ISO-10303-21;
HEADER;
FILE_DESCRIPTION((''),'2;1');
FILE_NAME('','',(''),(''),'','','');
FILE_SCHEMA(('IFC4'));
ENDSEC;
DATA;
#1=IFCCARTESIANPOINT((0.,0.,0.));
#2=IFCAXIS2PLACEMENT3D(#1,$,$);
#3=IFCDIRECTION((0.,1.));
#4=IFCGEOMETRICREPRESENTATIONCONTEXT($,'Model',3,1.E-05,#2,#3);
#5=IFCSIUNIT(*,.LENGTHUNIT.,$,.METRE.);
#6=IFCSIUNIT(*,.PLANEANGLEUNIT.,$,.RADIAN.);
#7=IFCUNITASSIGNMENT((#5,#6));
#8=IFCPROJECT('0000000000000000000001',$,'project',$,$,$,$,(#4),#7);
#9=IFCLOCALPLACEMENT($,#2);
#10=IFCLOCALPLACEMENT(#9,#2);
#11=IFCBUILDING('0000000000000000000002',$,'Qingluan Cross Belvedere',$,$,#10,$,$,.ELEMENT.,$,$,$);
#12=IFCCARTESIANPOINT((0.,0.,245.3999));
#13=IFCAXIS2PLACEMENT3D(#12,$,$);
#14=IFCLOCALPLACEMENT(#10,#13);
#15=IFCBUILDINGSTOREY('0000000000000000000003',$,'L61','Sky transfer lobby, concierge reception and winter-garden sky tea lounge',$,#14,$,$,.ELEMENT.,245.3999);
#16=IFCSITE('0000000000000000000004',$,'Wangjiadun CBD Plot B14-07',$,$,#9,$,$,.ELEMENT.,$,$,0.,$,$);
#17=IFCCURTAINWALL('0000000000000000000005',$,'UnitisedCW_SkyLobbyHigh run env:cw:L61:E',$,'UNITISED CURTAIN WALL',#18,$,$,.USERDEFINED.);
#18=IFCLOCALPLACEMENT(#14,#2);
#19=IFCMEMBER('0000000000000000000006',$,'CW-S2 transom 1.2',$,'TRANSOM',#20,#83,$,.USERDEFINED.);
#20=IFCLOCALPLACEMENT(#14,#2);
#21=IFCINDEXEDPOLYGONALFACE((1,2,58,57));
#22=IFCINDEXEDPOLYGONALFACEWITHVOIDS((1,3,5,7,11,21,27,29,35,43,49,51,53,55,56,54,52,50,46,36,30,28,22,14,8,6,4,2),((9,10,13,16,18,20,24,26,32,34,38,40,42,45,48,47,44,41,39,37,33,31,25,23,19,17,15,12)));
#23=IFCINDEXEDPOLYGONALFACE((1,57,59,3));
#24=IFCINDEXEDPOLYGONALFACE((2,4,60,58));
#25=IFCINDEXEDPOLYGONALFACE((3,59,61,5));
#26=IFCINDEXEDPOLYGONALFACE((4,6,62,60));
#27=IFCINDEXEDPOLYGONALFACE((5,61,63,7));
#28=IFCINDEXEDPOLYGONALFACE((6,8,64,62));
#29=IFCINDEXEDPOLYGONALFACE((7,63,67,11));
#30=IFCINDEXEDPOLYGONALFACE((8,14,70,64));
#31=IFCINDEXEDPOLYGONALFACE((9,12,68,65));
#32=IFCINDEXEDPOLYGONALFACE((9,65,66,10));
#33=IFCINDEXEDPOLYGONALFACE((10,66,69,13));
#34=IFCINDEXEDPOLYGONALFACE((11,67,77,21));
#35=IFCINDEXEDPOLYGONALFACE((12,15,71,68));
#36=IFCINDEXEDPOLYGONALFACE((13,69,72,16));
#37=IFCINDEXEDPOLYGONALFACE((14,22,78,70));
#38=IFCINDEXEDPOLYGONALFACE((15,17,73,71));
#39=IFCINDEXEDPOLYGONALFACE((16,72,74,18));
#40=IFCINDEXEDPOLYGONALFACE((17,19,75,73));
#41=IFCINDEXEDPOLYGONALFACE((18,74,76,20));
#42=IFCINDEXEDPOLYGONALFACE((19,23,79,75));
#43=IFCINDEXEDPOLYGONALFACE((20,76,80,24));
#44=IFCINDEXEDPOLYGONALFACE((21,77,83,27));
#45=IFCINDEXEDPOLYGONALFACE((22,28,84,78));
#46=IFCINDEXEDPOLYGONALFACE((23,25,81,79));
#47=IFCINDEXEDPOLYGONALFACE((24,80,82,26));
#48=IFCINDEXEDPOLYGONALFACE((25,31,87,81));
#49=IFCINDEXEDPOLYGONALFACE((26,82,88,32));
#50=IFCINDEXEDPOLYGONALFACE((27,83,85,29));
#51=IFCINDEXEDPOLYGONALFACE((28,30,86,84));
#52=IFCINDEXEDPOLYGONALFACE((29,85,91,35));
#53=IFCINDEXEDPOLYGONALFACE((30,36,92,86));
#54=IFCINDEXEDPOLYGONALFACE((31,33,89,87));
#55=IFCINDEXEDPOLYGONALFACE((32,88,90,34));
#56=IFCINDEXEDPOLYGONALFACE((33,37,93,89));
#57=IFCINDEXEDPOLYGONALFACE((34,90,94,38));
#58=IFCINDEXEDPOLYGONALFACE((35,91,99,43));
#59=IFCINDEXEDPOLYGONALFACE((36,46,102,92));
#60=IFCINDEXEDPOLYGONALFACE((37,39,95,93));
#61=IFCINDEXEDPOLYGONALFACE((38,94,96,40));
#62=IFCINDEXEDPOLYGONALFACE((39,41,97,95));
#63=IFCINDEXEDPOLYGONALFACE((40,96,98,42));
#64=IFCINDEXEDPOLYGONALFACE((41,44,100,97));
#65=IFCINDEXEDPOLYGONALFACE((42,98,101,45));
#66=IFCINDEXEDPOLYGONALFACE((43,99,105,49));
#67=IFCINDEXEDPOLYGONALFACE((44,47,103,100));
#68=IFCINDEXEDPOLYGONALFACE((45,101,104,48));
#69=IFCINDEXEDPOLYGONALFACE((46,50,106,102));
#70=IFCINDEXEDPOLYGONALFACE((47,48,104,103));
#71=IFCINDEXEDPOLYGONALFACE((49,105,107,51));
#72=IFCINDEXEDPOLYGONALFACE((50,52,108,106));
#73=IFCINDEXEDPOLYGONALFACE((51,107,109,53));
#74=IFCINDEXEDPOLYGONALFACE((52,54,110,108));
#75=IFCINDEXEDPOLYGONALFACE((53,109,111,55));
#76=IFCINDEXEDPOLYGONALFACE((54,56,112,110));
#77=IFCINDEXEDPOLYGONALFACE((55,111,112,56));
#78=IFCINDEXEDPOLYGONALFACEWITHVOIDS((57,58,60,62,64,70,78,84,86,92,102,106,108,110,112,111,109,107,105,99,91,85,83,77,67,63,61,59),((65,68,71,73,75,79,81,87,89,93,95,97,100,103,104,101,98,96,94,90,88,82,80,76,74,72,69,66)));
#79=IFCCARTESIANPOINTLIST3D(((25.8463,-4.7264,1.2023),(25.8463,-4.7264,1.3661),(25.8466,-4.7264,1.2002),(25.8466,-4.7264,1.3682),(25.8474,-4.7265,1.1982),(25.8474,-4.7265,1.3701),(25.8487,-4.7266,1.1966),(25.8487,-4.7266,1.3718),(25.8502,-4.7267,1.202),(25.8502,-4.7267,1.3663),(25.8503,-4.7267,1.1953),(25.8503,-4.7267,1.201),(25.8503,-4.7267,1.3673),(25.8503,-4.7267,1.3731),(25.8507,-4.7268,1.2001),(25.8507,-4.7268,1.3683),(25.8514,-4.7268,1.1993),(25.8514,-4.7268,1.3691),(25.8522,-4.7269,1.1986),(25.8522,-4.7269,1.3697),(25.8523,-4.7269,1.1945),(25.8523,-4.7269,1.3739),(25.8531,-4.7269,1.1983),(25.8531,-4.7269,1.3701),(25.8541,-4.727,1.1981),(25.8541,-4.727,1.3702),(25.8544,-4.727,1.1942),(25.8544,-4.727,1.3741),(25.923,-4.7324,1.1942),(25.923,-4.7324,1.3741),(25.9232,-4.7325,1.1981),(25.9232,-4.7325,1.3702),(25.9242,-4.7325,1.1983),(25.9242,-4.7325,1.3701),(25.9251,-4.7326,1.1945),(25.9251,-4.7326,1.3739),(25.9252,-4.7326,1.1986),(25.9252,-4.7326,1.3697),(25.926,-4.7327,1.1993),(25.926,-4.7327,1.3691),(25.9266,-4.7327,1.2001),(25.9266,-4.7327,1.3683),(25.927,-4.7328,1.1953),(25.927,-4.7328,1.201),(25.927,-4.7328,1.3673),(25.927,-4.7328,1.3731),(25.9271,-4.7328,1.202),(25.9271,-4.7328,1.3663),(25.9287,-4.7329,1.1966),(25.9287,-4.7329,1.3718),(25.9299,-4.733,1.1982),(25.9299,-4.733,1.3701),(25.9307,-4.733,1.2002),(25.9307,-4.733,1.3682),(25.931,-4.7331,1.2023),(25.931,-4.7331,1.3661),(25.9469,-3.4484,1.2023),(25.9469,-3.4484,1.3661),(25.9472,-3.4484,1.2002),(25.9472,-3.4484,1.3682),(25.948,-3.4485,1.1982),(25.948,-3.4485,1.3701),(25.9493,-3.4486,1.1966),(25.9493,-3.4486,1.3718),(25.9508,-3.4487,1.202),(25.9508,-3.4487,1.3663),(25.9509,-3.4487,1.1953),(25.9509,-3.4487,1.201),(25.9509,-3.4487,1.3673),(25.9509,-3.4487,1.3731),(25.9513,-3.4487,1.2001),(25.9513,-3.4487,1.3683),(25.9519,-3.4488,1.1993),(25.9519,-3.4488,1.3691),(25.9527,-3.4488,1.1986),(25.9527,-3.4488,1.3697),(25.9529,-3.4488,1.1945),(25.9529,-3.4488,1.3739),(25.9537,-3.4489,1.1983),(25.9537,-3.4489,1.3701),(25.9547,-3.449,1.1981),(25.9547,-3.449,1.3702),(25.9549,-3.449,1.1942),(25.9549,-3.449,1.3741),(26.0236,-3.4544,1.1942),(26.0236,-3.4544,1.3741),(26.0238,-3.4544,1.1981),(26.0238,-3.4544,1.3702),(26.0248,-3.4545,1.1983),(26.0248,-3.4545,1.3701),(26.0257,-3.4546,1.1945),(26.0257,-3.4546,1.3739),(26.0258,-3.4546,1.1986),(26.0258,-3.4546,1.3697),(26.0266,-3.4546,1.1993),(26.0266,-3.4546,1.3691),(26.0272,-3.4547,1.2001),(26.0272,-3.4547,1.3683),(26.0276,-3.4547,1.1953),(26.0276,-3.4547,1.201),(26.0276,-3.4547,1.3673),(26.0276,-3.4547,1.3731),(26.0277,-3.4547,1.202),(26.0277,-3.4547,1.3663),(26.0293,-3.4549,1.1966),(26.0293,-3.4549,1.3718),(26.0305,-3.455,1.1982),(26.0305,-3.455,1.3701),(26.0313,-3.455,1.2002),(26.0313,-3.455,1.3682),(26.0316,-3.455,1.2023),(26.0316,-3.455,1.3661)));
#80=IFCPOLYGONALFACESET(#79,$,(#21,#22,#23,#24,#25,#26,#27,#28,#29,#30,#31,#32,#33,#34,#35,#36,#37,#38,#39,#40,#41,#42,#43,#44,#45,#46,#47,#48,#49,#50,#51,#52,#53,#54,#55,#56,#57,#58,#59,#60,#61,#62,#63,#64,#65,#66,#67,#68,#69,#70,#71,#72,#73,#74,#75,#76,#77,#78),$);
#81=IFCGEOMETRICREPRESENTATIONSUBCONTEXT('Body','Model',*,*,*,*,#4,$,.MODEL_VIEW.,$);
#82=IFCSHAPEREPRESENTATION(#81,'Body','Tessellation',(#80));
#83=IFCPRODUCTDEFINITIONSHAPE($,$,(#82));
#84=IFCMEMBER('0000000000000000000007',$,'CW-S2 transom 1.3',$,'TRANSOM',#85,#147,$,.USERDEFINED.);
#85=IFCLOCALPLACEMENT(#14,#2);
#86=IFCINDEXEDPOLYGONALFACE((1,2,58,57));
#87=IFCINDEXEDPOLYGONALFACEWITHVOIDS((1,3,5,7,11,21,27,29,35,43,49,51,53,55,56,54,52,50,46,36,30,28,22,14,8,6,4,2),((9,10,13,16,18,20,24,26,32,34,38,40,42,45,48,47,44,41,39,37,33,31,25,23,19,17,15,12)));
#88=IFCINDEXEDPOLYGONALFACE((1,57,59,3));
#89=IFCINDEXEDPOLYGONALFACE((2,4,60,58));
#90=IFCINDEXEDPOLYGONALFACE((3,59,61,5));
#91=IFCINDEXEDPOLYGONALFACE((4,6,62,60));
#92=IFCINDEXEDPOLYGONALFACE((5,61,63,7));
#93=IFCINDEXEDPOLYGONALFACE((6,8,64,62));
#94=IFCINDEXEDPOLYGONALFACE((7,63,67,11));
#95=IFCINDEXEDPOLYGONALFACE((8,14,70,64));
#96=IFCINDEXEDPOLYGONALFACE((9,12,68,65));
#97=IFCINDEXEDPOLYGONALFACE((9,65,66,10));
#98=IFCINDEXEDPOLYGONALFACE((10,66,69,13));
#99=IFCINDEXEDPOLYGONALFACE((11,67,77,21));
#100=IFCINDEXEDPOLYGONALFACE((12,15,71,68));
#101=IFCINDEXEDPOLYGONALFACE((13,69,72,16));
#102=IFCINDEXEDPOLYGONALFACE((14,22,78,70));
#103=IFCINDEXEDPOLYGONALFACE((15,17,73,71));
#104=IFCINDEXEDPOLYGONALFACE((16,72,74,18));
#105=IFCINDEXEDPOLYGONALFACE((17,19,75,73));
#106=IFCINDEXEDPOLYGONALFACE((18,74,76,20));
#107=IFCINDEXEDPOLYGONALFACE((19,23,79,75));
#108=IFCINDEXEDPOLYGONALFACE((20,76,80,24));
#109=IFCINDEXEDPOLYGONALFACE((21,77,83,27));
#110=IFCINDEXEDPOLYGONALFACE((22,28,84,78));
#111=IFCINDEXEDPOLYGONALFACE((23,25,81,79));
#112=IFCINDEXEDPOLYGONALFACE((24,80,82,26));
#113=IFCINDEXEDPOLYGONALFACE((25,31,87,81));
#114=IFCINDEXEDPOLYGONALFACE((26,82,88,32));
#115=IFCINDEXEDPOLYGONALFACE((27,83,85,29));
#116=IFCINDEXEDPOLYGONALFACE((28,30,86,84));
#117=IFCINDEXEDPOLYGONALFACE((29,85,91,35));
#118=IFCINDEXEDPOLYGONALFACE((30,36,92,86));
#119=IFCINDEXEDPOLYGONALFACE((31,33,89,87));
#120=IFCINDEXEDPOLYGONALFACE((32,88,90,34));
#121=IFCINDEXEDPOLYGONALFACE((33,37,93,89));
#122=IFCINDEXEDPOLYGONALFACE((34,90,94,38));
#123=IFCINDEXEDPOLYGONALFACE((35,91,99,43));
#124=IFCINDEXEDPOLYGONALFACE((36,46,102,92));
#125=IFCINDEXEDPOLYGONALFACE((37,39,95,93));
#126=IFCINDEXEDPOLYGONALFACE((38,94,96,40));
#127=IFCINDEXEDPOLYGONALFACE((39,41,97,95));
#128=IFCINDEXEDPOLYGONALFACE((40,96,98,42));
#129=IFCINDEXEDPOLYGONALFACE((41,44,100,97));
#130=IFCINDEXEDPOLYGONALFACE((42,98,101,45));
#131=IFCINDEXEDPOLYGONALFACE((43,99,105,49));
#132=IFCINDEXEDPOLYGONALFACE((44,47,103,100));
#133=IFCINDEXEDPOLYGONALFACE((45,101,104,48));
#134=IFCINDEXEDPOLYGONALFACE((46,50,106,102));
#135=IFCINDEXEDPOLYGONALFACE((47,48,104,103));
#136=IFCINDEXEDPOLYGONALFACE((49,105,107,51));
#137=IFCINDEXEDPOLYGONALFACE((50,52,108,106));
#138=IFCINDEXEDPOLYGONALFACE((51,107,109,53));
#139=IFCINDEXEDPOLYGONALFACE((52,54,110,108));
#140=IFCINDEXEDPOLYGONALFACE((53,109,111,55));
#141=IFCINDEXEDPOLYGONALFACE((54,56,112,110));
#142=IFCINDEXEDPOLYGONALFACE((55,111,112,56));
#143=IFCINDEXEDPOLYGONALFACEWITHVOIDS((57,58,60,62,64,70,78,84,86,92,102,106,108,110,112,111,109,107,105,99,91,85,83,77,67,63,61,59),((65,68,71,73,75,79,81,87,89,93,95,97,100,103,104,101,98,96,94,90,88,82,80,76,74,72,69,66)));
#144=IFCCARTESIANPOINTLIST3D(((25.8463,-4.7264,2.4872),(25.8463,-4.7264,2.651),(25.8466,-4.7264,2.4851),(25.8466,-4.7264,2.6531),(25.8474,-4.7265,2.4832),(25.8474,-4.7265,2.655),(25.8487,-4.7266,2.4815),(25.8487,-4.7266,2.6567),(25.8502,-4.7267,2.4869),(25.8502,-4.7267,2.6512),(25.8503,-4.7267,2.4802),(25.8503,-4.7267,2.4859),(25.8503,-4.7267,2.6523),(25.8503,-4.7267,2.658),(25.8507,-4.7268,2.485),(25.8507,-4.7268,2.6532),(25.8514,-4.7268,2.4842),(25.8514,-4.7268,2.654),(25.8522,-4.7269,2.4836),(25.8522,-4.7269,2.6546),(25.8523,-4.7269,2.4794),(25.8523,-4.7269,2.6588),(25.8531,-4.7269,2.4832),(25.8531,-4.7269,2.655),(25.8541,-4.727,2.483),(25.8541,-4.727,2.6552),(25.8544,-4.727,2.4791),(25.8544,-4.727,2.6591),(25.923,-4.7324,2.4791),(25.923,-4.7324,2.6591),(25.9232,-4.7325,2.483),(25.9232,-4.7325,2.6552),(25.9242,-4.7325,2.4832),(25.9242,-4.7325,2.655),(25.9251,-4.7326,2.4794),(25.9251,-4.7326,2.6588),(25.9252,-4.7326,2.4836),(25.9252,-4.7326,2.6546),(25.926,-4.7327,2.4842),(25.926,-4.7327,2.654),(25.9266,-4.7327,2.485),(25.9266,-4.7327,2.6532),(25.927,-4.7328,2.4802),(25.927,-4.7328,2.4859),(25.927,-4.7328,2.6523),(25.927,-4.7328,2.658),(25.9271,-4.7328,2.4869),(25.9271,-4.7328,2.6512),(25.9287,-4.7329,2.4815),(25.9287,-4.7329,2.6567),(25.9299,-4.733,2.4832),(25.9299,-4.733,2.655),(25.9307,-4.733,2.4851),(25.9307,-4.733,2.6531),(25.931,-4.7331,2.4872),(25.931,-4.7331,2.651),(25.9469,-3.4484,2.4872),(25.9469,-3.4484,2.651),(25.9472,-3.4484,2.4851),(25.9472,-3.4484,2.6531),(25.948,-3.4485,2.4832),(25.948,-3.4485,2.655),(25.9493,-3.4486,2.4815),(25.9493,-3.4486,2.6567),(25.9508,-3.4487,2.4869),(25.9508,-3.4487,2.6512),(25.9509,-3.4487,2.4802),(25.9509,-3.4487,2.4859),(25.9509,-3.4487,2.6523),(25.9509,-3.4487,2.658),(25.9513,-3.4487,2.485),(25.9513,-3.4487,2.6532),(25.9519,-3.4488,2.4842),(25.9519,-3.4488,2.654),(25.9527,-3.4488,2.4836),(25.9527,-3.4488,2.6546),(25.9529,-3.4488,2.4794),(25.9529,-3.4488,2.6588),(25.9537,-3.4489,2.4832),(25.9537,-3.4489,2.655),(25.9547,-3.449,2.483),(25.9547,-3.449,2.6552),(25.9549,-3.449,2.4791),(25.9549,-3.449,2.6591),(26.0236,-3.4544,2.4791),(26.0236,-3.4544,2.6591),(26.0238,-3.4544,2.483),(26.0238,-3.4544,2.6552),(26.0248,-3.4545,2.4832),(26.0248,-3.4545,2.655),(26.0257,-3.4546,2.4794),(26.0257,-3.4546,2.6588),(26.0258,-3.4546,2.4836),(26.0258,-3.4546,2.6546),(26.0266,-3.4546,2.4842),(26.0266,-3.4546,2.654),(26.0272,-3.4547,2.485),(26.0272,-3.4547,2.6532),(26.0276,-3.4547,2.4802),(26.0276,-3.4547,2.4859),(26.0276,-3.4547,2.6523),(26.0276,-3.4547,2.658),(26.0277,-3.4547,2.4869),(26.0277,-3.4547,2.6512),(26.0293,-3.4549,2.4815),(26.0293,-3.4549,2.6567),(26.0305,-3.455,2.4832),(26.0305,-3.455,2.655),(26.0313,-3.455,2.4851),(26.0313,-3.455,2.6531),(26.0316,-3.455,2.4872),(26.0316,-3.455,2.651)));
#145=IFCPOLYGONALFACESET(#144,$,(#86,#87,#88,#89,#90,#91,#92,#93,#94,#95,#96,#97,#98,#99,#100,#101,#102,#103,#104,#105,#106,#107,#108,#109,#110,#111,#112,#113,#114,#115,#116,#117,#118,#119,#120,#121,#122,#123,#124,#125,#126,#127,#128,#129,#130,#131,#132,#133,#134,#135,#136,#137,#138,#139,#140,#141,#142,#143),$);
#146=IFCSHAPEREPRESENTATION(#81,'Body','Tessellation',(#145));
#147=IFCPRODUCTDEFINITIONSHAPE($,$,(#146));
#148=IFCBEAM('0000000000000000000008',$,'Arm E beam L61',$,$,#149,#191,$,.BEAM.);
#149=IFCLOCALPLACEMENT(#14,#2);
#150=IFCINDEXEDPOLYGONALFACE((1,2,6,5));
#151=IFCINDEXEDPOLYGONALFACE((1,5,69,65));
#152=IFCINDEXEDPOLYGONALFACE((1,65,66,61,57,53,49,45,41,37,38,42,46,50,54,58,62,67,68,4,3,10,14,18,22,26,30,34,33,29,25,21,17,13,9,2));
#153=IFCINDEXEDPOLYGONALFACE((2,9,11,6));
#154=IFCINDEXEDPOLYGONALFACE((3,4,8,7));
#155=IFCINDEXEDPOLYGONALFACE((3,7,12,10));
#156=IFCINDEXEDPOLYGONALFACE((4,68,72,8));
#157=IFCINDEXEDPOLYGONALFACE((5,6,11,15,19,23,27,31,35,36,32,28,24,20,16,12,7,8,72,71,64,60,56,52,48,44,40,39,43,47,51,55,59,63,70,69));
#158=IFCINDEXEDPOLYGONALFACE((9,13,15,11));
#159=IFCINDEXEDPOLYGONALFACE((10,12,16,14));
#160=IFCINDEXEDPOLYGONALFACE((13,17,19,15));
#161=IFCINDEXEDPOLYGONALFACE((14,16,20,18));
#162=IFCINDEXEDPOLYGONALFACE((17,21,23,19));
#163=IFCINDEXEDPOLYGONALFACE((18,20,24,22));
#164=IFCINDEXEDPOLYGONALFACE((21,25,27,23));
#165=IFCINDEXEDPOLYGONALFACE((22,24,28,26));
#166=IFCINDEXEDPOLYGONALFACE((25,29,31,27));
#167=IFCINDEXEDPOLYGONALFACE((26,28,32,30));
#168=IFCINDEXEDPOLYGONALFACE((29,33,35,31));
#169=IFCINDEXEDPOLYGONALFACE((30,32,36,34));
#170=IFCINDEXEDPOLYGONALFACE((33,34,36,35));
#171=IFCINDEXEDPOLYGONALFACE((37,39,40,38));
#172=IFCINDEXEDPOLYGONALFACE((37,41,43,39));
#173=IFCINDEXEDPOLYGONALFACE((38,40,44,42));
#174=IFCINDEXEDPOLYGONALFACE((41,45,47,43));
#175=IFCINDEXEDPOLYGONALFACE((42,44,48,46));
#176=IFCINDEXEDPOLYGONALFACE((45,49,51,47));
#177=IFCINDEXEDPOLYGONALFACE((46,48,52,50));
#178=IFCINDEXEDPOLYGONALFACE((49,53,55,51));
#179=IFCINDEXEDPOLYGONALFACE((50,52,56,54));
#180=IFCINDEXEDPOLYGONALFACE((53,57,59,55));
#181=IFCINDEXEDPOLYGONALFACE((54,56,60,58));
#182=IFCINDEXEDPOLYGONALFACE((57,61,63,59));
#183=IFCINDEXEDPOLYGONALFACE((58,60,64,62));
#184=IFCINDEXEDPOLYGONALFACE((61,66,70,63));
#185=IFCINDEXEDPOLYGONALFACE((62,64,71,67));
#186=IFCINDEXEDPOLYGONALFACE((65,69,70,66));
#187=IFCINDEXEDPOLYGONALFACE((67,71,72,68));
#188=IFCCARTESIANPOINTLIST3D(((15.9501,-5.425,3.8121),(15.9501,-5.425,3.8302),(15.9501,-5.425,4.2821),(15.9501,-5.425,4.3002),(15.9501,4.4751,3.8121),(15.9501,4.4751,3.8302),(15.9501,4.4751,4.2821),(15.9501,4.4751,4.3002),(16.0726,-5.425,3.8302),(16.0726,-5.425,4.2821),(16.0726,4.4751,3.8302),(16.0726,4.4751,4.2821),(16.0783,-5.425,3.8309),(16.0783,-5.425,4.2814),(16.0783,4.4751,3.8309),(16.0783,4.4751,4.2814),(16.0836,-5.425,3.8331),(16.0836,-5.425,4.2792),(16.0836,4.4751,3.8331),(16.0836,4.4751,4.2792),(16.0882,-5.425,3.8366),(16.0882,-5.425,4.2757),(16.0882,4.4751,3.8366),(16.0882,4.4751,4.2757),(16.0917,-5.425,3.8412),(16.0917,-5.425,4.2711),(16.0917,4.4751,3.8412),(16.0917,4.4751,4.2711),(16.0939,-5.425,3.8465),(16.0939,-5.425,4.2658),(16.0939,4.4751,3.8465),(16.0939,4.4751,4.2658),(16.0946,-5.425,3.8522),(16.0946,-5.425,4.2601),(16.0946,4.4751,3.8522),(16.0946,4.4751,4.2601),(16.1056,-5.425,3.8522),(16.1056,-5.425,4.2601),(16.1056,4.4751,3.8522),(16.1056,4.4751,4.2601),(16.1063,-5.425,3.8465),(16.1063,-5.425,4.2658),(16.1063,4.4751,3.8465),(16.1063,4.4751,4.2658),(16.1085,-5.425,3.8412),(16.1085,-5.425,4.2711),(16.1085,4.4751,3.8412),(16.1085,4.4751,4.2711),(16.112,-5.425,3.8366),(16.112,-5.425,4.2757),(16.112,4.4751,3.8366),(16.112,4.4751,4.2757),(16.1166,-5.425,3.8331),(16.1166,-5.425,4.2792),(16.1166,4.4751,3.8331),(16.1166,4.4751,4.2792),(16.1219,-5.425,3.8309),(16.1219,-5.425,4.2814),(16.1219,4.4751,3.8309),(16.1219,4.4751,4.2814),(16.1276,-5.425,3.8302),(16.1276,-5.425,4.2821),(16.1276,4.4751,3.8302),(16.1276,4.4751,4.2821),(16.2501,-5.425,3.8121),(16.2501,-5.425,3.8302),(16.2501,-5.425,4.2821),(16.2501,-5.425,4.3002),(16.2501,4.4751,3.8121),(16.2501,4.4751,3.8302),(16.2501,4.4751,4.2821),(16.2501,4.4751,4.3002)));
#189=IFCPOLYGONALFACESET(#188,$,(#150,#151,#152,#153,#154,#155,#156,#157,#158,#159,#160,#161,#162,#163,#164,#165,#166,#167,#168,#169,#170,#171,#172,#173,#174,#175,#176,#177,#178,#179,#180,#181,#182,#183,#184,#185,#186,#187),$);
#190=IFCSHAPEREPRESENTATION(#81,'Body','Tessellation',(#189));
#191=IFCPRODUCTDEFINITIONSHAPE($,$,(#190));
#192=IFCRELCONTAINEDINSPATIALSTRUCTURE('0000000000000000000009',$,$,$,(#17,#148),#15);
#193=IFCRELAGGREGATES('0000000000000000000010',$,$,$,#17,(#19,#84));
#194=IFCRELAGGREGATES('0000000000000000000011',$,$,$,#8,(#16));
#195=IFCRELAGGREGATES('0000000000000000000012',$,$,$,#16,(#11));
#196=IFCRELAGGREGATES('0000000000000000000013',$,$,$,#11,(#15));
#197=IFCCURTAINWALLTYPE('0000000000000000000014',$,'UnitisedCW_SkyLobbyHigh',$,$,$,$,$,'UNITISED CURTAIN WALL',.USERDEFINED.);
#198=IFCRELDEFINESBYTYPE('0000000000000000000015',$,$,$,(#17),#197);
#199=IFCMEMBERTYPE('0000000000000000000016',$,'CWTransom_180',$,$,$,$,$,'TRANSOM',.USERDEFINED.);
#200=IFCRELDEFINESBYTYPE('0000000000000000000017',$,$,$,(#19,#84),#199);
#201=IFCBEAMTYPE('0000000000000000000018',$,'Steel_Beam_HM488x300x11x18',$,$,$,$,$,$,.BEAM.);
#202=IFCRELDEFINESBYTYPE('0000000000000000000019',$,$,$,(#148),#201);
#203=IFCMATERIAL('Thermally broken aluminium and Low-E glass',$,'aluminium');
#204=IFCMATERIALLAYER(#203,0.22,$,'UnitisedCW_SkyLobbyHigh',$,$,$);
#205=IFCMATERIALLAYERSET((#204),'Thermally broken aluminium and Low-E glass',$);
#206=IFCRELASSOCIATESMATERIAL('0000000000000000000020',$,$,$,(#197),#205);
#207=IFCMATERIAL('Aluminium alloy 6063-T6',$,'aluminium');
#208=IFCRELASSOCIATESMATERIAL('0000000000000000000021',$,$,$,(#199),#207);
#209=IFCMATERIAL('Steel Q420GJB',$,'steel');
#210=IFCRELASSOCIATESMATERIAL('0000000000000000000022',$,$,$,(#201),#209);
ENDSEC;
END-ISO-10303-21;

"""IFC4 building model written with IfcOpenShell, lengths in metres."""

from ifc_helpers import new_model, si_unit, direction, frame, origin, origin_2d, place, context, subcontext, project, spatial, hollow_rectangle, i_section, extrude, material, layer, layer_set, material_profile, profile_set, type_object, element, aggregate, save


model = new_model("IFC4")

# Units and contexts
model_context = context("Model", 3, precision=1e-05, world=origin(), true_north=direction((0.0, 1.0)))
body_context = subcontext(model_context, "Body", "Model", "MODEL_VIEW")
ifc_project = project(units=[si_unit("LENGTHUNIT", "METRE"), si_unit("PLANEANGLEUNIT", "RADIAN")], contexts=[model_context])

# Site, building, storey
site_placement = place(None, origin())
site = spatial("IfcSite", under=ifc_project, at=site_placement, Name="Wangjiadun CBD Plot B14-07", CompositionType="ELEMENT", RefElevation=0.0)
building_placement = place(site_placement, origin())
building = spatial("IfcBuilding", under=site, at=building_placement, Name="Qingluan Cross Belvedere", CompositionType="ELEMENT")
storey_placement = place(building_placement, frame((0.0, 0.0, 245.3999)))
storey = spatial("IfcBuildingStorey", under=building, at=storey_placement, Name="L61", Description="Sky transfer lobby, concierge reception and winter-garden sky tea lounge", CompositionType="ELEMENT", Elevation=245.3999)

# Curtain wall, members
ifc_material_1 = material(Name="Thermally broken aluminium and Low-E glass", Category="aluminium")
ifc_layer_1 = layer(ifc_material_1, 0.22, Name="UnitisedCW_SkyLobbyHigh")
ifc_layer_set_1 = layer_set([ifc_layer_1], Name="Thermally broken aluminium and Low-E glass")
curtain_wall_type = type_object("IfcCurtainWallType", Name="UnitisedCW_SkyLobbyHigh", ElementType="UNITISED CURTAIN WALL", PredefinedType="USERDEFINED", material=ifc_layer_set_1)
curtain_wall_placement = place(storey_placement, origin())
curtain_wall = element("IfcCurtainWall", 1, at=curtain_wall_placement, inside=storey, type_object=curtain_wall_type, Name="UnitisedCW_SkyLobbyHigh run env:cw:L61:E", ObjectType="UNITISED CURTAIN WALL", PredefinedType="USERDEFINED")
ifc_material_2 = material(Name="Aluminium alloy 6063-T6", Category="aluminium")
ifc_material_profile_1 = material_profile(ifc_material_2, hollow_rectangle(XDim=0.085, YDim=0.1799, WallThickness=0.0039, InnerFilletRadius=0.0039, OuterFilletRadius=0.0081, at=origin_2d()), Name="CWT180x85x4")
ifc_profile_set_1 = profile_set([ifc_material_profile_1], Name="Aluminium alloy 6063-T6")
member_type_1 = type_object("IfcMemberType", Name="CWTransom_180", ElementType="TRANSOM", PredefinedType="USERDEFINED", material=ifc_profile_set_1)
member_1_placement = place(storey_placement, frame((25.8887, -4.7297, 1.2842), z_axis=(0.078458, 0.996917, 0.0), x_axis=(-0.996917, 0.078458, 0.0)))
member_1 = element("IfcMember", 2, at=member_1_placement, type_object=member_type_1, Name="CW-S2 transom 1.2", ObjectType="TRANSOM", PredefinedType="USERDEFINED", context=body_context, shape_type="SweptSolid", body=[
    extrude(hollow_rectangle(XDim=0.085, YDim=0.1799, WallThickness=0.0039, InnerFilletRadius=0.0039, OuterFilletRadius=0.0081, at=origin_2d()), origin(), (0.0, 0.0, 1.0), 1.282),
])
member_2_placement = place(storey_placement, frame((25.8887, -4.7297, 2.5691), z_axis=(0.078458, 0.996917, 0.0), x_axis=(-0.996917, 0.078458, 0.0)))
member_2 = element("IfcMember", 3, at=member_2_placement, type_object=member_type_1, Name="CW-S2 transom 1.3", ObjectType="TRANSOM", PredefinedType="USERDEFINED", context=body_context, shape_type="SweptSolid", body=[
    extrude(hollow_rectangle(XDim=0.085, YDim=0.1799, WallThickness=0.0039, InnerFilletRadius=0.0039, OuterFilletRadius=0.0081, at=origin_2d()), origin(), (0.0, 0.0, 1.0), 1.282),
])
aggregate(curtain_wall, [member_1, member_2])

# Beam
ifc_material_3 = material(Name="Steel Q420GJB", Category="steel")
ifc_material_profile_2 = material_profile(ifc_material_3, i_section(OverallWidth=0.3, OverallDepth=0.488, WebThickness=0.011, FlangeThickness=0.0181, FilletRadius=0.022, at=origin_2d()), Name="HM488x300x11x18")
ifc_profile_set_2 = profile_set([ifc_material_profile_2], Name="Steel Q420GJB")
beam_type_1 = type_object("IfcBeamType", Name="Steel_Beam_HM488x300x11x18", PredefinedType="BEAM", material=ifc_profile_set_2)
beam_placement = place(storey_placement, frame((16.1001, -5.425, 4.0562), z_axis=(0.0, 1.0, 0.0), x_axis=(-1.0, 0.0, 0.0)))
element("IfcBeam", 4, at=beam_placement, inside=storey, type_object=beam_type_1, Name="Arm E beam L61", PredefinedType="BEAM", context=body_context, shape_type="SweptSolid", body=[
    extrude(i_section(OverallWidth=0.3, OverallDepth=0.488, WebThickness=0.011, FlangeThickness=0.0181, FilletRadius=0.022, at=origin_2d()), origin(), (0.0, 0.0, 1.0), 9.9001),
])

save(model, "model.ifc")
